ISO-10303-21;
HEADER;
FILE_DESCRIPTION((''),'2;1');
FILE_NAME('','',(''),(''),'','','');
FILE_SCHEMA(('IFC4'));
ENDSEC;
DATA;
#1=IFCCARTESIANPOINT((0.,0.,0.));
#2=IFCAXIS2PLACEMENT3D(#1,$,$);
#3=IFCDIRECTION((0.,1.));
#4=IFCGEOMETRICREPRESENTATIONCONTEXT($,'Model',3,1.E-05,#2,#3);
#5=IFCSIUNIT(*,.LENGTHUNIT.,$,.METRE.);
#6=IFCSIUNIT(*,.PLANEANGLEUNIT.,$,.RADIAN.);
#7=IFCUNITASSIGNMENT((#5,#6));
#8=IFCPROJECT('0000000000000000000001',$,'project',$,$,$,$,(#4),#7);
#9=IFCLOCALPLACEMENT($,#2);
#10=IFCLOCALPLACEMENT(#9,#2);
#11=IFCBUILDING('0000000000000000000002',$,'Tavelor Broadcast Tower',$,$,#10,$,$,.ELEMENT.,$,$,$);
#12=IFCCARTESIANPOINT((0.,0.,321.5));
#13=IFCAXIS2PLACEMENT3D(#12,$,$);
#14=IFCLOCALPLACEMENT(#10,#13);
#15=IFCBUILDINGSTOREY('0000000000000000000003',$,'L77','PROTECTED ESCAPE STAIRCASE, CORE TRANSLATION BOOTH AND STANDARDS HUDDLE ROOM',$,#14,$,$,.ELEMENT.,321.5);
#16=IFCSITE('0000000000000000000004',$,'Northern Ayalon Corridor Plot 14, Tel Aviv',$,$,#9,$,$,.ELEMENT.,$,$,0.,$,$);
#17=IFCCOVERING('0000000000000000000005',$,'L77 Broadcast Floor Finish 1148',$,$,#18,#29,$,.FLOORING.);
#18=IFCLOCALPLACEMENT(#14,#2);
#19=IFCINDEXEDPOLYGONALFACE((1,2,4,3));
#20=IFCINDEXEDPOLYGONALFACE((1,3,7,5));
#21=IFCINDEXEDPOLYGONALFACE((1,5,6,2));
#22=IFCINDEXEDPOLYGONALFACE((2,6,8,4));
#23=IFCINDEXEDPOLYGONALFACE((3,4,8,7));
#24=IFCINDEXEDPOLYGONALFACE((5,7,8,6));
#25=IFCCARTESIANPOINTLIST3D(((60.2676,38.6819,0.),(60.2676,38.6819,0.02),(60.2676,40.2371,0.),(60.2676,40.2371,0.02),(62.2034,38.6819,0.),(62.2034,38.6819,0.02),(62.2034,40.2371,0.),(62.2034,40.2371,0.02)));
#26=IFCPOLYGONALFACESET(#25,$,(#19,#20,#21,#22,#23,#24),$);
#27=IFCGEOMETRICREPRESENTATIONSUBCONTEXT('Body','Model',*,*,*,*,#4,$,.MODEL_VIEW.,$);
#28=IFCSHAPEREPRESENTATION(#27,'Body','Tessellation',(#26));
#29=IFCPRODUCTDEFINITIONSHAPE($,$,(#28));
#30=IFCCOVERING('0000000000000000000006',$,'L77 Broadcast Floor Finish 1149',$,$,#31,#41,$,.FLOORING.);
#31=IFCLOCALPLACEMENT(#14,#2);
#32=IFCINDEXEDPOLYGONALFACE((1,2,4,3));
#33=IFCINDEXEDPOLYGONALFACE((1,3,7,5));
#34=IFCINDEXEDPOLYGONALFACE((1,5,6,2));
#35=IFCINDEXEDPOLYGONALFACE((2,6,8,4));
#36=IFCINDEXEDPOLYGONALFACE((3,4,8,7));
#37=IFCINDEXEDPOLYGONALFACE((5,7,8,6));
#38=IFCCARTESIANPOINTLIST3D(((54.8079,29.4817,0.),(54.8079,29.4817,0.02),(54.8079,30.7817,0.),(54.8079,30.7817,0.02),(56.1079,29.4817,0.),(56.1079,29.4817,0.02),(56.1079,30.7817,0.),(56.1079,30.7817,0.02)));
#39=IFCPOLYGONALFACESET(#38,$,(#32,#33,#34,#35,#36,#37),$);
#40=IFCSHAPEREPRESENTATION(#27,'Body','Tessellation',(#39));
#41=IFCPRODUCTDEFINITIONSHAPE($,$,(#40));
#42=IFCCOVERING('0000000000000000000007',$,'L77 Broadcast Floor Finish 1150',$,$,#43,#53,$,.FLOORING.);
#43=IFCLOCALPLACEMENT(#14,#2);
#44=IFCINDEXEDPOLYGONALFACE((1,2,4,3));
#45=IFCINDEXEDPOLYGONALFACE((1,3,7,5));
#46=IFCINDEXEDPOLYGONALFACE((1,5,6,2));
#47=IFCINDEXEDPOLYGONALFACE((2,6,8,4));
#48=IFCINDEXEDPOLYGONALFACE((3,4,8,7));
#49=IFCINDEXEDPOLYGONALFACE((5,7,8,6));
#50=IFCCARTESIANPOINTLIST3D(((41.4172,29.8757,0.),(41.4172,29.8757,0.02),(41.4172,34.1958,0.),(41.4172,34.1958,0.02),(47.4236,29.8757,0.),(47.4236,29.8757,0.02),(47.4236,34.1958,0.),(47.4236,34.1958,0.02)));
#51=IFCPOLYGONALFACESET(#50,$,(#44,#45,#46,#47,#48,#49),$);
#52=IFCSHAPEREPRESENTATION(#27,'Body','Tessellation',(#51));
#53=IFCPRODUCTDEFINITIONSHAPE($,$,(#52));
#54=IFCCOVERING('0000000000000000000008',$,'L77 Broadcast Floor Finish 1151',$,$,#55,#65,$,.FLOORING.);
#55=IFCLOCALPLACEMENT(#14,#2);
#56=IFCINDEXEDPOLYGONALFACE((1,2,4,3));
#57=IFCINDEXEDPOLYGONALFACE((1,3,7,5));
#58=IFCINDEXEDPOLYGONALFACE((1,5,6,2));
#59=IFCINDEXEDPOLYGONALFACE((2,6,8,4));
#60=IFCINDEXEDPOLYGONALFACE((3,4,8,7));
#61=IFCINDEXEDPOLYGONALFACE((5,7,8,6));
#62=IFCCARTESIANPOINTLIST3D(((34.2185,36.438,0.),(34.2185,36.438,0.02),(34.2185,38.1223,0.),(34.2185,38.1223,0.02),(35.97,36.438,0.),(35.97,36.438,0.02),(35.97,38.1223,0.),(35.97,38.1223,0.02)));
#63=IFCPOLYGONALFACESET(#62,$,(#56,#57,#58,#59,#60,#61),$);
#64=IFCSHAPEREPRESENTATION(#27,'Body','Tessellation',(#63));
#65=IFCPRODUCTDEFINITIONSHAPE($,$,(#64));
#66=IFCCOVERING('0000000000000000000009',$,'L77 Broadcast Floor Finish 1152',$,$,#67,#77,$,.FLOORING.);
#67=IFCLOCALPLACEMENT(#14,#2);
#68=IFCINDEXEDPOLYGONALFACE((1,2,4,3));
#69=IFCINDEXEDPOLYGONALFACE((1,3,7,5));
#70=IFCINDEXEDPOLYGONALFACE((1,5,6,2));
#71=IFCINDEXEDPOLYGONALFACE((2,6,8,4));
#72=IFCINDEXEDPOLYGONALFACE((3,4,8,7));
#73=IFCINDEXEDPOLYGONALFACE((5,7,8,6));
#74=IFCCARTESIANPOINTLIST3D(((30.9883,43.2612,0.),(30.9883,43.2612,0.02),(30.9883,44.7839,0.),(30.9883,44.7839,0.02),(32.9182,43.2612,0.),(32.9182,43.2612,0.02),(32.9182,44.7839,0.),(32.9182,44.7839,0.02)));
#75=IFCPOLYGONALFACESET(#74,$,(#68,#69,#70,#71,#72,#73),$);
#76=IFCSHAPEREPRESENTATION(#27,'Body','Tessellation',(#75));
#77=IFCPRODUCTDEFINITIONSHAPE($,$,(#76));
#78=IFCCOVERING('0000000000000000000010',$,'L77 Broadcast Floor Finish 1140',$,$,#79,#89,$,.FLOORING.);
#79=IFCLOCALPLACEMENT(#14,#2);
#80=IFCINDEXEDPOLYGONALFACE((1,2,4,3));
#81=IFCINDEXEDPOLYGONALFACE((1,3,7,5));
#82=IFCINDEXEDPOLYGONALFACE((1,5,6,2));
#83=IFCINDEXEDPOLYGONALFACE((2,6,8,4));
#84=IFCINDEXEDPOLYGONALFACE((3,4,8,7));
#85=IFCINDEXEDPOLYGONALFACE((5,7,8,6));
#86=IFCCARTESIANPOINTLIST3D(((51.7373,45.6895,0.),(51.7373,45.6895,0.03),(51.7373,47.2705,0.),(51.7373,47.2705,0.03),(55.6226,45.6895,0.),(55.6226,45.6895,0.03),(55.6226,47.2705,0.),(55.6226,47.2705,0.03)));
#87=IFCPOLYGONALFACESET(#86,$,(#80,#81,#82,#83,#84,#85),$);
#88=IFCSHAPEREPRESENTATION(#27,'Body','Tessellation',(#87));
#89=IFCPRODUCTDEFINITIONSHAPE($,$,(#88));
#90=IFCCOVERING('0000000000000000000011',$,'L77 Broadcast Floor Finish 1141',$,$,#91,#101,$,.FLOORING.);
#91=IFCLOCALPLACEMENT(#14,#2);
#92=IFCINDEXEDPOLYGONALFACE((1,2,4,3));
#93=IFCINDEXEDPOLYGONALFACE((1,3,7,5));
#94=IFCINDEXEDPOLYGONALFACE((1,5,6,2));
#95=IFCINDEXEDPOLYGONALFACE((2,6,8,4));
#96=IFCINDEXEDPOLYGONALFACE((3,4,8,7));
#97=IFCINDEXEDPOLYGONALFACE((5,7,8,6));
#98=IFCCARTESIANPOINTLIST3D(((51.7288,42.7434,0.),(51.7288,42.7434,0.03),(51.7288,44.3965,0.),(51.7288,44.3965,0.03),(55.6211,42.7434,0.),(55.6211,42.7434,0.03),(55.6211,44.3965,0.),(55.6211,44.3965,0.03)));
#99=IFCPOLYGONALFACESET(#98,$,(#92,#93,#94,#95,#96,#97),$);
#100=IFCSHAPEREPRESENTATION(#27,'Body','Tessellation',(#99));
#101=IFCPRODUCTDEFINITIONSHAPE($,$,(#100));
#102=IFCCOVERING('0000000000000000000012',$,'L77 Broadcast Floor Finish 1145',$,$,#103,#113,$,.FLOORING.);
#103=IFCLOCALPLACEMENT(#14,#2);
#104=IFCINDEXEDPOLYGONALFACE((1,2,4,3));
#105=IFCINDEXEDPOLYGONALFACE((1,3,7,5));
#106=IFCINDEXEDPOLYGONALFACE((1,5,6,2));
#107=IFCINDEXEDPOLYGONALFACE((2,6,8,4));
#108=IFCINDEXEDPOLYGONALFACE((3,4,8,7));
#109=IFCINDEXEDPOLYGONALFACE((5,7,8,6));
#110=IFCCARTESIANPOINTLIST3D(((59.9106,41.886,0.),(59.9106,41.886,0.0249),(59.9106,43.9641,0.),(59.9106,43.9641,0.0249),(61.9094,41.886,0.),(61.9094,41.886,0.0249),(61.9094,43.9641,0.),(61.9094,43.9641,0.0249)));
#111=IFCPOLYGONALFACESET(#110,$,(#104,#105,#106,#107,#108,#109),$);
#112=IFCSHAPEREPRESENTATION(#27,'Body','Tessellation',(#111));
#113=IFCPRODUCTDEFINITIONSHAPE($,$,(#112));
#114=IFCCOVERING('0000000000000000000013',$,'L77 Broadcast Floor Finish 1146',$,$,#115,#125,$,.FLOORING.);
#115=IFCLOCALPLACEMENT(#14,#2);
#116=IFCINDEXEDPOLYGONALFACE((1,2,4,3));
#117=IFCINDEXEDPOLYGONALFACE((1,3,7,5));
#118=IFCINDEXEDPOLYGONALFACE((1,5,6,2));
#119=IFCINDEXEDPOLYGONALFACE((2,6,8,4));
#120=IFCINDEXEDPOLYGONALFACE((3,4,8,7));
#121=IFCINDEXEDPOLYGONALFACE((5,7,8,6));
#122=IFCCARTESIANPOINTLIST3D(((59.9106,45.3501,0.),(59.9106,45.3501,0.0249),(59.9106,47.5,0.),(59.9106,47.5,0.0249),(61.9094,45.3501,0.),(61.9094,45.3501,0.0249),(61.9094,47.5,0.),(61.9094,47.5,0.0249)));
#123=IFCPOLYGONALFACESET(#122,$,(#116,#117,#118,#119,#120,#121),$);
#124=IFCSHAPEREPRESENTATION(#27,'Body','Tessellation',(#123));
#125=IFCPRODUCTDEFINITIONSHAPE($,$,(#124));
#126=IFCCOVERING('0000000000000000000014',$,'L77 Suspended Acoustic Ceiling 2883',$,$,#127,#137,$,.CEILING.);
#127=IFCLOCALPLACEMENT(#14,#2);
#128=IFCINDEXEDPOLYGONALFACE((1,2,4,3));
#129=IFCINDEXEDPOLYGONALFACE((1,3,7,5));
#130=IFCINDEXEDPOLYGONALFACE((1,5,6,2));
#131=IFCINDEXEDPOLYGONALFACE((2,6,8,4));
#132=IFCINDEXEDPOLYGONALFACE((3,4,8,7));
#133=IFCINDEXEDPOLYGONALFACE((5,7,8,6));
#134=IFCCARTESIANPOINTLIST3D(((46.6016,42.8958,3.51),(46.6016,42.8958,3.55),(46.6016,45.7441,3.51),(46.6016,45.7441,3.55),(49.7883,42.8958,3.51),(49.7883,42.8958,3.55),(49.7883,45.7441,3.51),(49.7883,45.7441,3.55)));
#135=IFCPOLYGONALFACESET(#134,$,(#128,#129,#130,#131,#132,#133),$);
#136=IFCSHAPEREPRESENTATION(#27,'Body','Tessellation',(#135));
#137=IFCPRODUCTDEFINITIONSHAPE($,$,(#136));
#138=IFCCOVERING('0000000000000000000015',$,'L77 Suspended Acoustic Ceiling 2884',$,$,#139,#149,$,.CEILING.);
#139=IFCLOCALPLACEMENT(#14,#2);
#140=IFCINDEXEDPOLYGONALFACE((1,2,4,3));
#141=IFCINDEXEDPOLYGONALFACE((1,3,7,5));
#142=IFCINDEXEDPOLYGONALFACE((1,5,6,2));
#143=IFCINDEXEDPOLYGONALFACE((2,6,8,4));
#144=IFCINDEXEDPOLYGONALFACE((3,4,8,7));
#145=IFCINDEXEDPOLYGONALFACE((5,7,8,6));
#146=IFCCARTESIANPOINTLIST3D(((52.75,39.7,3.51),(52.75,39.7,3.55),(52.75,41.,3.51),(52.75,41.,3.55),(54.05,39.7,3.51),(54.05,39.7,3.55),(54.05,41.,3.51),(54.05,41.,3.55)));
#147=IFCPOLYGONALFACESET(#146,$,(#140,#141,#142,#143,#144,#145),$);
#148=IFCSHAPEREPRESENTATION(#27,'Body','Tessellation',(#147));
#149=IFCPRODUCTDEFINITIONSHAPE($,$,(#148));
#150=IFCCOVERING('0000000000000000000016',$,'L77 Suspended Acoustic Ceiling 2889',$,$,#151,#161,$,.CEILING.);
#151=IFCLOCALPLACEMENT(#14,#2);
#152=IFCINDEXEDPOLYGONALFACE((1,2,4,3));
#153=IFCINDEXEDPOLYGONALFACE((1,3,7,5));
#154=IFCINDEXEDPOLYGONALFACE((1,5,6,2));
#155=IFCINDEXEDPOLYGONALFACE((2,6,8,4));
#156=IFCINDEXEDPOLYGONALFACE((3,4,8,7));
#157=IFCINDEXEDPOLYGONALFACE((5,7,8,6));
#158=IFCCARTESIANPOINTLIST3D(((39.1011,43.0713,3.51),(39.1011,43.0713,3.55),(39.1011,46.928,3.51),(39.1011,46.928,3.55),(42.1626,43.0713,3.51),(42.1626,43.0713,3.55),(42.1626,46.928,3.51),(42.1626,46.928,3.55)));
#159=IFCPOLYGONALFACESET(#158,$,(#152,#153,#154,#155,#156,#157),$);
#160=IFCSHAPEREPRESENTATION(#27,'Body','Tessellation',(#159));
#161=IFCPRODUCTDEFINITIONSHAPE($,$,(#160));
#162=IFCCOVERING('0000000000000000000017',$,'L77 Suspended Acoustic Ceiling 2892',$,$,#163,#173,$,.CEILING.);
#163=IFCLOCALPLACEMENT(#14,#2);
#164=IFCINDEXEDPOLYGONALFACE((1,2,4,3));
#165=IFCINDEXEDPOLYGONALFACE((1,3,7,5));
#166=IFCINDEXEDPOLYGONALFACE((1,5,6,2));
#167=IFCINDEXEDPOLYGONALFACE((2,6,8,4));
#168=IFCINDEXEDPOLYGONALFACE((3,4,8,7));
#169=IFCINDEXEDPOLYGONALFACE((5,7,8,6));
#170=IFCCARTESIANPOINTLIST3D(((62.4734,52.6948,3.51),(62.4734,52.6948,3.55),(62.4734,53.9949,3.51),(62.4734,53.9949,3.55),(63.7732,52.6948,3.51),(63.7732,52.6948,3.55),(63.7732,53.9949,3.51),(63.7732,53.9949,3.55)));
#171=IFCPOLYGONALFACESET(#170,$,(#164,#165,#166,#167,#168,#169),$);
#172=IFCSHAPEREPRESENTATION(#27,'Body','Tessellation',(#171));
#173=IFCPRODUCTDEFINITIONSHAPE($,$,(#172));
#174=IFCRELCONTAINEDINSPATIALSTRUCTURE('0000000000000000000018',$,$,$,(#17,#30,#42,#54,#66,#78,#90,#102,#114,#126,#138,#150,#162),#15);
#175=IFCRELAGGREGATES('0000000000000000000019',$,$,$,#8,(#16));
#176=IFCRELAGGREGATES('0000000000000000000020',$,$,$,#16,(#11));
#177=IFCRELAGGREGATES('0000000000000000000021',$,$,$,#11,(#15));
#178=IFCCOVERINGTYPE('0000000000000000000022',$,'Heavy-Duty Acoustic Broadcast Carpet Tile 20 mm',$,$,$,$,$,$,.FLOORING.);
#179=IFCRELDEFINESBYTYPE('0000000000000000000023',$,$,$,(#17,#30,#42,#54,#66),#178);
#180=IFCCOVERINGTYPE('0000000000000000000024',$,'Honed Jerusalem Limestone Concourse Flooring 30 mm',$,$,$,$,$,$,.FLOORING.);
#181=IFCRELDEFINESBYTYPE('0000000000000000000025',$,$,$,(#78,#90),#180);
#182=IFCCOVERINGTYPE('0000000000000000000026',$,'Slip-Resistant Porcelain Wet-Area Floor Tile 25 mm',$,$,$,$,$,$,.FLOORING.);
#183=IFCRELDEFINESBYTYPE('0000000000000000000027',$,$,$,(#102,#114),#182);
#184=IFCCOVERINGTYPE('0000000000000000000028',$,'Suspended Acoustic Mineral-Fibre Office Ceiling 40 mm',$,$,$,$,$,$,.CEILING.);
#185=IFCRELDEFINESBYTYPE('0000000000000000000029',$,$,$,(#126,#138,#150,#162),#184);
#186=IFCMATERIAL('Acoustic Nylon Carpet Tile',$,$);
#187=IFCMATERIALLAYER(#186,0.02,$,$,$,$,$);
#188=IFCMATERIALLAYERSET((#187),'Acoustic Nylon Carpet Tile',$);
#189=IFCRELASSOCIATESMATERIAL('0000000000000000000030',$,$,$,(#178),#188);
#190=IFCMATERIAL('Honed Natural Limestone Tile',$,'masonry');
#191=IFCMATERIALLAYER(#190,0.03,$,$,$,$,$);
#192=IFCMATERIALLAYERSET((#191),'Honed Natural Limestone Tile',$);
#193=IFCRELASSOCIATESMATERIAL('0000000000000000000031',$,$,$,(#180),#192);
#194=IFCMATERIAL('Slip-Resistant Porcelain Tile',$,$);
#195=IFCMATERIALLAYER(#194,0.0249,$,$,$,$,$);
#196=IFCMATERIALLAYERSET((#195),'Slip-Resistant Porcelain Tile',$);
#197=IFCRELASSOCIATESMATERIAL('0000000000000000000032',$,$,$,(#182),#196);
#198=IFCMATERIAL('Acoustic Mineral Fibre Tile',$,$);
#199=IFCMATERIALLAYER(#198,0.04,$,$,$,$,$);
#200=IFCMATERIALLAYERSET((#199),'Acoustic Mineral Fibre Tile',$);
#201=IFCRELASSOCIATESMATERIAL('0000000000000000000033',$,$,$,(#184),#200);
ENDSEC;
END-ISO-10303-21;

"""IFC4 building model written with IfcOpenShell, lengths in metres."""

from ifc_helpers import new_model, si_unit, direction, frame, origin, place, context, subcontext, project, spatial, polyline, outline, extrude, material, layer, layer_set, type_object, element, save


model = new_model("IFC4")

# Units and contexts
model_context = context("Model", 3, precision=1e-05, world=origin(), true_north=direction((0.0, 1.0)))
body_context = subcontext(model_context, "Body", "Model", "MODEL_VIEW")
ifc_project = project(units=[si_unit("LENGTHUNIT", "METRE"), si_unit("PLANEANGLEUNIT", "RADIAN")], contexts=[model_context])

# Site, building, storey
site_placement = place(None, origin())
site = spatial("IfcSite", under=ifc_project, at=site_placement, Name="Northern Ayalon Corridor Plot 14, Tel Aviv", CompositionType="ELEMENT", RefElevation=0.0)
building_placement = place(site_placement, origin())
building = spatial("IfcBuilding", under=site, at=building_placement, Name="Tavelor Broadcast Tower", CompositionType="ELEMENT")
storey_placement = place(building_placement, frame((0.0, 0.0, 321.5)))
storey = spatial("IfcBuildingStorey", under=building, at=storey_placement, Name="L77", Description="PROTECTED ESCAPE STAIRCASE, CORE TRANSLATION BOOTH AND STANDARDS HUDDLE ROOM", CompositionType="ELEMENT", Elevation=321.5)

# Coverings
ifc_material_1 = material(Name="Acoustic Nylon Carpet Tile")
ifc_layer_1 = layer(ifc_material_1, 0.02)
ifc_layer_set_1 = layer_set([ifc_layer_1], Name="Acoustic Nylon Carpet Tile")
covering_type_1 = type_object("IfcCoveringType", Name="Heavy-Duty Acoustic Broadcast Carpet Tile 20 mm", PredefinedType="FLOORING", material=ifc_layer_set_1)
covering_1_placement = place(storey_placement, origin())
element("IfcCovering", 1, at=covering_1_placement, inside=storey, type_object=covering_type_1, Name="L77 Broadcast Floor Finish 1148", PredefinedType="FLOORING", context=body_context, shape_type="SweptSolid", body=[
    extrude(outline(polyline([(60.2676, 38.6819), (62.2034, 38.6819), (62.2034, 40.2371), (60.2676, 40.2371), (60.2676, 38.6819)])), origin(), (0.0, 0.0, 1.0), 0.02),
])
covering_2_placement = place(storey_placement, origin())
element("IfcCovering", 2, at=covering_2_placement, inside=storey, type_object=covering_type_1, Name="L77 Broadcast Floor Finish 1149", PredefinedType="FLOORING", context=body_context, shape_type="SweptSolid", body=[
    extrude(outline(polyline([(54.8079, 29.4817), (56.1079, 29.4817), (56.1079, 30.7817), (54.8079, 30.7817), (54.8079, 29.4817)])), origin(), (0.0, 0.0, 1.0), 0.02),
])
covering_3_placement = place(storey_placement, origin())
element("IfcCovering", 3, at=covering_3_placement, inside=storey, type_object=covering_type_1, Name="L77 Broadcast Floor Finish 1150", PredefinedType="FLOORING", context=body_context, shape_type="SweptSolid", body=[
    extrude(outline(polyline([(41.4172, 29.8757), (47.4236, 29.8757), (47.4236, 34.1958), (41.4172, 34.1958), (41.4172, 29.8757)])), origin(), (0.0, 0.0, 1.0), 0.02),
])
covering_4_placement = place(storey_placement, origin())
element("IfcCovering", 4, at=covering_4_placement, inside=storey, type_object=covering_type_1, Name="L77 Broadcast Floor Finish 1151", PredefinedType="FLOORING", context=body_context, shape_type="SweptSolid", body=[
    extrude(outline(polyline([(34.2185, 36.438), (35.97, 36.438), (35.97, 38.1223), (34.2185, 38.1223), (34.2185, 36.438)])), origin(), (0.0, 0.0, 1.0), 0.02),
])
covering_5_placement = place(storey_placement, origin())
element("IfcCovering", 5, at=covering_5_placement, inside=storey, type_object=covering_type_1, Name="L77 Broadcast Floor Finish 1152", PredefinedType="FLOORING", context=body_context, shape_type="SweptSolid", body=[
    extrude(outline(polyline([(30.9883, 43.2612), (32.9182, 43.2612), (32.9182, 44.7839), (30.9883, 44.7839), (30.9883, 43.2612)])), origin(), (0.0, 0.0, 1.0), 0.02),
])
ifc_material_2 = material(Name="Honed Natural Limestone Tile", Category="masonry")
ifc_layer_2 = layer(ifc_material_2, 0.03)
ifc_layer_set_2 = layer_set([ifc_layer_2], Name="Honed Natural Limestone Tile")
covering_type_2 = type_object("IfcCoveringType", Name="Honed Jerusalem Limestone Concourse Flooring 30 mm", PredefinedType="FLOORING", material=ifc_layer_set_2)
covering_6_placement = place(storey_placement, origin())
element("IfcCovering", 6, at=covering_6_placement, inside=storey, type_object=covering_type_2, Name="L77 Broadcast Floor Finish 1140", PredefinedType="FLOORING", context=body_context, shape_type="SweptSolid", body=[
    extrude(outline(polyline([(51.7373, 45.6895), (55.6226, 45.6895), (55.6226, 47.2705), (51.7373, 47.2705), (51.7373, 45.6895)])), origin(), (0.0, 0.0, 1.0), 0.03),
])
covering_7_placement = place(storey_placement, origin())
element("IfcCovering", 7, at=covering_7_placement, inside=storey, type_object=covering_type_2, Name="L77 Broadcast Floor Finish 1141", PredefinedType="FLOORING", context=body_context, shape_type="SweptSolid", body=[
    extrude(outline(polyline([(51.7288, 42.7434), (55.6211, 42.7434), (55.6211, 44.3965), (51.7288, 44.3965), (51.7288, 42.7434)])), origin(), (0.0, 0.0, 1.0), 0.03),
])
ifc_material_3 = material(Name="Slip-Resistant Porcelain Tile")
ifc_layer_3 = layer(ifc_material_3, 0.0249)
ifc_layer_set_3 = layer_set([ifc_layer_3], Name="Slip-Resistant Porcelain Tile")
covering_type_3 = type_object("IfcCoveringType", Name="Slip-Resistant Porcelain Wet-Area Floor Tile 25 mm", PredefinedType="FLOORING", material=ifc_layer_set_3)
covering_8_placement = place(storey_placement, origin())
element("IfcCovering", 8, at=covering_8_placement, inside=storey, type_object=covering_type_3, Name="L77 Broadcast Floor Finish 1145", PredefinedType="FLOORING", context=body_context, shape_type="SweptSolid", body=[
    extrude(outline(polyline([(59.9106, 41.886), (61.9094, 41.886), (61.9094, 43.9641), (59.9106, 43.9641), (59.9106, 41.886)])), origin(), (0.0, 0.0, 1.0), 0.0249),
])
covering_9_placement = place(storey_placement, origin())
element("IfcCovering", 9, at=covering_9_placement, inside=storey, type_object=covering_type_3, Name="L77 Broadcast Floor Finish 1146", PredefinedType="FLOORING", context=body_context, shape_type="SweptSolid", body=[
    extrude(outline(polyline([(59.9106, 45.3501), (61.9094, 45.3501), (61.9094, 47.5), (59.9106, 47.5), (59.9106, 45.3501)])), origin(), (0.0, 0.0, 1.0), 0.0249),
])
ifc_material_4 = material(Name="Acoustic Mineral Fibre Tile")
ifc_layer_4 = layer(ifc_material_4, 0.04)
ifc_layer_set_4 = layer_set([ifc_layer_4], Name="Acoustic Mineral Fibre Tile")
covering_type_4 = type_object("IfcCoveringType", Name="Suspended Acoustic Mineral-Fibre Office Ceiling 40 mm", PredefinedType="CEILING", material=ifc_layer_set_4)
covering_10_placement = place(storey_placement, frame((0.0, 0.0, 3.51)))
element("IfcCovering", 10, at=covering_10_placement, inside=storey, type_object=covering_type_4, Name="L77 Suspended Acoustic Ceiling 2883", PredefinedType="CEILING", context=body_context, shape_type="SweptSolid", body=[
    extrude(outline(polyline([(46.6016, 42.8958), (49.7883, 42.8958), (49.7883, 45.7441), (46.6016, 45.7441), (46.6016, 42.8958)])), origin(), (0.0, 0.0, 1.0), 0.04),
])
covering_11_placement = place(storey_placement, frame((0.0, 0.0, 3.51)))
element("IfcCovering", 11, at=covering_11_placement, inside=storey, type_object=covering_type_4, Name="L77 Suspended Acoustic Ceiling 2884", PredefinedType="CEILING", context=body_context, shape_type="SweptSolid", body=[
    extrude(outline(polyline([(52.75, 39.7), (54.05, 39.7), (54.05, 41.0), (52.75, 41.0), (52.75, 39.7)])), origin(), (0.0, 0.0, 1.0), 0.04),
])
covering_12_placement = place(storey_placement, frame((0.0, 0.0, 3.51)))
element("IfcCovering", 12, at=covering_12_placement, inside=storey, type_object=covering_type_4, Name="L77 Suspended Acoustic Ceiling 2889", PredefinedType="CEILING", context=body_context, shape_type="SweptSolid", body=[
    extrude(outline(polyline([(39.1011, 43.0713), (42.1626, 43.0713), (42.1626, 46.928), (39.1011, 46.928), (39.1011, 43.0713)])), origin(), (0.0, 0.0, 1.0), 0.04),
])
covering_13_placement = place(storey_placement, frame((0.0, 0.0, 3.51)))
element("IfcCovering", 13, at=covering_13_placement, inside=storey, type_object=covering_type_4, Name="L77 Suspended Acoustic Ceiling 2892", PredefinedType="CEILING", context=body_context, shape_type="SweptSolid", body=[
    extrude(outline(polyline([(62.4734, 52.6948), (63.7732, 52.6948), (63.7732, 53.9949), (62.4734, 53.9949), (62.4734, 52.6948)])), origin(), (0.0, 0.0, 1.0), 0.04),
])

save(model, "model.ifc")
